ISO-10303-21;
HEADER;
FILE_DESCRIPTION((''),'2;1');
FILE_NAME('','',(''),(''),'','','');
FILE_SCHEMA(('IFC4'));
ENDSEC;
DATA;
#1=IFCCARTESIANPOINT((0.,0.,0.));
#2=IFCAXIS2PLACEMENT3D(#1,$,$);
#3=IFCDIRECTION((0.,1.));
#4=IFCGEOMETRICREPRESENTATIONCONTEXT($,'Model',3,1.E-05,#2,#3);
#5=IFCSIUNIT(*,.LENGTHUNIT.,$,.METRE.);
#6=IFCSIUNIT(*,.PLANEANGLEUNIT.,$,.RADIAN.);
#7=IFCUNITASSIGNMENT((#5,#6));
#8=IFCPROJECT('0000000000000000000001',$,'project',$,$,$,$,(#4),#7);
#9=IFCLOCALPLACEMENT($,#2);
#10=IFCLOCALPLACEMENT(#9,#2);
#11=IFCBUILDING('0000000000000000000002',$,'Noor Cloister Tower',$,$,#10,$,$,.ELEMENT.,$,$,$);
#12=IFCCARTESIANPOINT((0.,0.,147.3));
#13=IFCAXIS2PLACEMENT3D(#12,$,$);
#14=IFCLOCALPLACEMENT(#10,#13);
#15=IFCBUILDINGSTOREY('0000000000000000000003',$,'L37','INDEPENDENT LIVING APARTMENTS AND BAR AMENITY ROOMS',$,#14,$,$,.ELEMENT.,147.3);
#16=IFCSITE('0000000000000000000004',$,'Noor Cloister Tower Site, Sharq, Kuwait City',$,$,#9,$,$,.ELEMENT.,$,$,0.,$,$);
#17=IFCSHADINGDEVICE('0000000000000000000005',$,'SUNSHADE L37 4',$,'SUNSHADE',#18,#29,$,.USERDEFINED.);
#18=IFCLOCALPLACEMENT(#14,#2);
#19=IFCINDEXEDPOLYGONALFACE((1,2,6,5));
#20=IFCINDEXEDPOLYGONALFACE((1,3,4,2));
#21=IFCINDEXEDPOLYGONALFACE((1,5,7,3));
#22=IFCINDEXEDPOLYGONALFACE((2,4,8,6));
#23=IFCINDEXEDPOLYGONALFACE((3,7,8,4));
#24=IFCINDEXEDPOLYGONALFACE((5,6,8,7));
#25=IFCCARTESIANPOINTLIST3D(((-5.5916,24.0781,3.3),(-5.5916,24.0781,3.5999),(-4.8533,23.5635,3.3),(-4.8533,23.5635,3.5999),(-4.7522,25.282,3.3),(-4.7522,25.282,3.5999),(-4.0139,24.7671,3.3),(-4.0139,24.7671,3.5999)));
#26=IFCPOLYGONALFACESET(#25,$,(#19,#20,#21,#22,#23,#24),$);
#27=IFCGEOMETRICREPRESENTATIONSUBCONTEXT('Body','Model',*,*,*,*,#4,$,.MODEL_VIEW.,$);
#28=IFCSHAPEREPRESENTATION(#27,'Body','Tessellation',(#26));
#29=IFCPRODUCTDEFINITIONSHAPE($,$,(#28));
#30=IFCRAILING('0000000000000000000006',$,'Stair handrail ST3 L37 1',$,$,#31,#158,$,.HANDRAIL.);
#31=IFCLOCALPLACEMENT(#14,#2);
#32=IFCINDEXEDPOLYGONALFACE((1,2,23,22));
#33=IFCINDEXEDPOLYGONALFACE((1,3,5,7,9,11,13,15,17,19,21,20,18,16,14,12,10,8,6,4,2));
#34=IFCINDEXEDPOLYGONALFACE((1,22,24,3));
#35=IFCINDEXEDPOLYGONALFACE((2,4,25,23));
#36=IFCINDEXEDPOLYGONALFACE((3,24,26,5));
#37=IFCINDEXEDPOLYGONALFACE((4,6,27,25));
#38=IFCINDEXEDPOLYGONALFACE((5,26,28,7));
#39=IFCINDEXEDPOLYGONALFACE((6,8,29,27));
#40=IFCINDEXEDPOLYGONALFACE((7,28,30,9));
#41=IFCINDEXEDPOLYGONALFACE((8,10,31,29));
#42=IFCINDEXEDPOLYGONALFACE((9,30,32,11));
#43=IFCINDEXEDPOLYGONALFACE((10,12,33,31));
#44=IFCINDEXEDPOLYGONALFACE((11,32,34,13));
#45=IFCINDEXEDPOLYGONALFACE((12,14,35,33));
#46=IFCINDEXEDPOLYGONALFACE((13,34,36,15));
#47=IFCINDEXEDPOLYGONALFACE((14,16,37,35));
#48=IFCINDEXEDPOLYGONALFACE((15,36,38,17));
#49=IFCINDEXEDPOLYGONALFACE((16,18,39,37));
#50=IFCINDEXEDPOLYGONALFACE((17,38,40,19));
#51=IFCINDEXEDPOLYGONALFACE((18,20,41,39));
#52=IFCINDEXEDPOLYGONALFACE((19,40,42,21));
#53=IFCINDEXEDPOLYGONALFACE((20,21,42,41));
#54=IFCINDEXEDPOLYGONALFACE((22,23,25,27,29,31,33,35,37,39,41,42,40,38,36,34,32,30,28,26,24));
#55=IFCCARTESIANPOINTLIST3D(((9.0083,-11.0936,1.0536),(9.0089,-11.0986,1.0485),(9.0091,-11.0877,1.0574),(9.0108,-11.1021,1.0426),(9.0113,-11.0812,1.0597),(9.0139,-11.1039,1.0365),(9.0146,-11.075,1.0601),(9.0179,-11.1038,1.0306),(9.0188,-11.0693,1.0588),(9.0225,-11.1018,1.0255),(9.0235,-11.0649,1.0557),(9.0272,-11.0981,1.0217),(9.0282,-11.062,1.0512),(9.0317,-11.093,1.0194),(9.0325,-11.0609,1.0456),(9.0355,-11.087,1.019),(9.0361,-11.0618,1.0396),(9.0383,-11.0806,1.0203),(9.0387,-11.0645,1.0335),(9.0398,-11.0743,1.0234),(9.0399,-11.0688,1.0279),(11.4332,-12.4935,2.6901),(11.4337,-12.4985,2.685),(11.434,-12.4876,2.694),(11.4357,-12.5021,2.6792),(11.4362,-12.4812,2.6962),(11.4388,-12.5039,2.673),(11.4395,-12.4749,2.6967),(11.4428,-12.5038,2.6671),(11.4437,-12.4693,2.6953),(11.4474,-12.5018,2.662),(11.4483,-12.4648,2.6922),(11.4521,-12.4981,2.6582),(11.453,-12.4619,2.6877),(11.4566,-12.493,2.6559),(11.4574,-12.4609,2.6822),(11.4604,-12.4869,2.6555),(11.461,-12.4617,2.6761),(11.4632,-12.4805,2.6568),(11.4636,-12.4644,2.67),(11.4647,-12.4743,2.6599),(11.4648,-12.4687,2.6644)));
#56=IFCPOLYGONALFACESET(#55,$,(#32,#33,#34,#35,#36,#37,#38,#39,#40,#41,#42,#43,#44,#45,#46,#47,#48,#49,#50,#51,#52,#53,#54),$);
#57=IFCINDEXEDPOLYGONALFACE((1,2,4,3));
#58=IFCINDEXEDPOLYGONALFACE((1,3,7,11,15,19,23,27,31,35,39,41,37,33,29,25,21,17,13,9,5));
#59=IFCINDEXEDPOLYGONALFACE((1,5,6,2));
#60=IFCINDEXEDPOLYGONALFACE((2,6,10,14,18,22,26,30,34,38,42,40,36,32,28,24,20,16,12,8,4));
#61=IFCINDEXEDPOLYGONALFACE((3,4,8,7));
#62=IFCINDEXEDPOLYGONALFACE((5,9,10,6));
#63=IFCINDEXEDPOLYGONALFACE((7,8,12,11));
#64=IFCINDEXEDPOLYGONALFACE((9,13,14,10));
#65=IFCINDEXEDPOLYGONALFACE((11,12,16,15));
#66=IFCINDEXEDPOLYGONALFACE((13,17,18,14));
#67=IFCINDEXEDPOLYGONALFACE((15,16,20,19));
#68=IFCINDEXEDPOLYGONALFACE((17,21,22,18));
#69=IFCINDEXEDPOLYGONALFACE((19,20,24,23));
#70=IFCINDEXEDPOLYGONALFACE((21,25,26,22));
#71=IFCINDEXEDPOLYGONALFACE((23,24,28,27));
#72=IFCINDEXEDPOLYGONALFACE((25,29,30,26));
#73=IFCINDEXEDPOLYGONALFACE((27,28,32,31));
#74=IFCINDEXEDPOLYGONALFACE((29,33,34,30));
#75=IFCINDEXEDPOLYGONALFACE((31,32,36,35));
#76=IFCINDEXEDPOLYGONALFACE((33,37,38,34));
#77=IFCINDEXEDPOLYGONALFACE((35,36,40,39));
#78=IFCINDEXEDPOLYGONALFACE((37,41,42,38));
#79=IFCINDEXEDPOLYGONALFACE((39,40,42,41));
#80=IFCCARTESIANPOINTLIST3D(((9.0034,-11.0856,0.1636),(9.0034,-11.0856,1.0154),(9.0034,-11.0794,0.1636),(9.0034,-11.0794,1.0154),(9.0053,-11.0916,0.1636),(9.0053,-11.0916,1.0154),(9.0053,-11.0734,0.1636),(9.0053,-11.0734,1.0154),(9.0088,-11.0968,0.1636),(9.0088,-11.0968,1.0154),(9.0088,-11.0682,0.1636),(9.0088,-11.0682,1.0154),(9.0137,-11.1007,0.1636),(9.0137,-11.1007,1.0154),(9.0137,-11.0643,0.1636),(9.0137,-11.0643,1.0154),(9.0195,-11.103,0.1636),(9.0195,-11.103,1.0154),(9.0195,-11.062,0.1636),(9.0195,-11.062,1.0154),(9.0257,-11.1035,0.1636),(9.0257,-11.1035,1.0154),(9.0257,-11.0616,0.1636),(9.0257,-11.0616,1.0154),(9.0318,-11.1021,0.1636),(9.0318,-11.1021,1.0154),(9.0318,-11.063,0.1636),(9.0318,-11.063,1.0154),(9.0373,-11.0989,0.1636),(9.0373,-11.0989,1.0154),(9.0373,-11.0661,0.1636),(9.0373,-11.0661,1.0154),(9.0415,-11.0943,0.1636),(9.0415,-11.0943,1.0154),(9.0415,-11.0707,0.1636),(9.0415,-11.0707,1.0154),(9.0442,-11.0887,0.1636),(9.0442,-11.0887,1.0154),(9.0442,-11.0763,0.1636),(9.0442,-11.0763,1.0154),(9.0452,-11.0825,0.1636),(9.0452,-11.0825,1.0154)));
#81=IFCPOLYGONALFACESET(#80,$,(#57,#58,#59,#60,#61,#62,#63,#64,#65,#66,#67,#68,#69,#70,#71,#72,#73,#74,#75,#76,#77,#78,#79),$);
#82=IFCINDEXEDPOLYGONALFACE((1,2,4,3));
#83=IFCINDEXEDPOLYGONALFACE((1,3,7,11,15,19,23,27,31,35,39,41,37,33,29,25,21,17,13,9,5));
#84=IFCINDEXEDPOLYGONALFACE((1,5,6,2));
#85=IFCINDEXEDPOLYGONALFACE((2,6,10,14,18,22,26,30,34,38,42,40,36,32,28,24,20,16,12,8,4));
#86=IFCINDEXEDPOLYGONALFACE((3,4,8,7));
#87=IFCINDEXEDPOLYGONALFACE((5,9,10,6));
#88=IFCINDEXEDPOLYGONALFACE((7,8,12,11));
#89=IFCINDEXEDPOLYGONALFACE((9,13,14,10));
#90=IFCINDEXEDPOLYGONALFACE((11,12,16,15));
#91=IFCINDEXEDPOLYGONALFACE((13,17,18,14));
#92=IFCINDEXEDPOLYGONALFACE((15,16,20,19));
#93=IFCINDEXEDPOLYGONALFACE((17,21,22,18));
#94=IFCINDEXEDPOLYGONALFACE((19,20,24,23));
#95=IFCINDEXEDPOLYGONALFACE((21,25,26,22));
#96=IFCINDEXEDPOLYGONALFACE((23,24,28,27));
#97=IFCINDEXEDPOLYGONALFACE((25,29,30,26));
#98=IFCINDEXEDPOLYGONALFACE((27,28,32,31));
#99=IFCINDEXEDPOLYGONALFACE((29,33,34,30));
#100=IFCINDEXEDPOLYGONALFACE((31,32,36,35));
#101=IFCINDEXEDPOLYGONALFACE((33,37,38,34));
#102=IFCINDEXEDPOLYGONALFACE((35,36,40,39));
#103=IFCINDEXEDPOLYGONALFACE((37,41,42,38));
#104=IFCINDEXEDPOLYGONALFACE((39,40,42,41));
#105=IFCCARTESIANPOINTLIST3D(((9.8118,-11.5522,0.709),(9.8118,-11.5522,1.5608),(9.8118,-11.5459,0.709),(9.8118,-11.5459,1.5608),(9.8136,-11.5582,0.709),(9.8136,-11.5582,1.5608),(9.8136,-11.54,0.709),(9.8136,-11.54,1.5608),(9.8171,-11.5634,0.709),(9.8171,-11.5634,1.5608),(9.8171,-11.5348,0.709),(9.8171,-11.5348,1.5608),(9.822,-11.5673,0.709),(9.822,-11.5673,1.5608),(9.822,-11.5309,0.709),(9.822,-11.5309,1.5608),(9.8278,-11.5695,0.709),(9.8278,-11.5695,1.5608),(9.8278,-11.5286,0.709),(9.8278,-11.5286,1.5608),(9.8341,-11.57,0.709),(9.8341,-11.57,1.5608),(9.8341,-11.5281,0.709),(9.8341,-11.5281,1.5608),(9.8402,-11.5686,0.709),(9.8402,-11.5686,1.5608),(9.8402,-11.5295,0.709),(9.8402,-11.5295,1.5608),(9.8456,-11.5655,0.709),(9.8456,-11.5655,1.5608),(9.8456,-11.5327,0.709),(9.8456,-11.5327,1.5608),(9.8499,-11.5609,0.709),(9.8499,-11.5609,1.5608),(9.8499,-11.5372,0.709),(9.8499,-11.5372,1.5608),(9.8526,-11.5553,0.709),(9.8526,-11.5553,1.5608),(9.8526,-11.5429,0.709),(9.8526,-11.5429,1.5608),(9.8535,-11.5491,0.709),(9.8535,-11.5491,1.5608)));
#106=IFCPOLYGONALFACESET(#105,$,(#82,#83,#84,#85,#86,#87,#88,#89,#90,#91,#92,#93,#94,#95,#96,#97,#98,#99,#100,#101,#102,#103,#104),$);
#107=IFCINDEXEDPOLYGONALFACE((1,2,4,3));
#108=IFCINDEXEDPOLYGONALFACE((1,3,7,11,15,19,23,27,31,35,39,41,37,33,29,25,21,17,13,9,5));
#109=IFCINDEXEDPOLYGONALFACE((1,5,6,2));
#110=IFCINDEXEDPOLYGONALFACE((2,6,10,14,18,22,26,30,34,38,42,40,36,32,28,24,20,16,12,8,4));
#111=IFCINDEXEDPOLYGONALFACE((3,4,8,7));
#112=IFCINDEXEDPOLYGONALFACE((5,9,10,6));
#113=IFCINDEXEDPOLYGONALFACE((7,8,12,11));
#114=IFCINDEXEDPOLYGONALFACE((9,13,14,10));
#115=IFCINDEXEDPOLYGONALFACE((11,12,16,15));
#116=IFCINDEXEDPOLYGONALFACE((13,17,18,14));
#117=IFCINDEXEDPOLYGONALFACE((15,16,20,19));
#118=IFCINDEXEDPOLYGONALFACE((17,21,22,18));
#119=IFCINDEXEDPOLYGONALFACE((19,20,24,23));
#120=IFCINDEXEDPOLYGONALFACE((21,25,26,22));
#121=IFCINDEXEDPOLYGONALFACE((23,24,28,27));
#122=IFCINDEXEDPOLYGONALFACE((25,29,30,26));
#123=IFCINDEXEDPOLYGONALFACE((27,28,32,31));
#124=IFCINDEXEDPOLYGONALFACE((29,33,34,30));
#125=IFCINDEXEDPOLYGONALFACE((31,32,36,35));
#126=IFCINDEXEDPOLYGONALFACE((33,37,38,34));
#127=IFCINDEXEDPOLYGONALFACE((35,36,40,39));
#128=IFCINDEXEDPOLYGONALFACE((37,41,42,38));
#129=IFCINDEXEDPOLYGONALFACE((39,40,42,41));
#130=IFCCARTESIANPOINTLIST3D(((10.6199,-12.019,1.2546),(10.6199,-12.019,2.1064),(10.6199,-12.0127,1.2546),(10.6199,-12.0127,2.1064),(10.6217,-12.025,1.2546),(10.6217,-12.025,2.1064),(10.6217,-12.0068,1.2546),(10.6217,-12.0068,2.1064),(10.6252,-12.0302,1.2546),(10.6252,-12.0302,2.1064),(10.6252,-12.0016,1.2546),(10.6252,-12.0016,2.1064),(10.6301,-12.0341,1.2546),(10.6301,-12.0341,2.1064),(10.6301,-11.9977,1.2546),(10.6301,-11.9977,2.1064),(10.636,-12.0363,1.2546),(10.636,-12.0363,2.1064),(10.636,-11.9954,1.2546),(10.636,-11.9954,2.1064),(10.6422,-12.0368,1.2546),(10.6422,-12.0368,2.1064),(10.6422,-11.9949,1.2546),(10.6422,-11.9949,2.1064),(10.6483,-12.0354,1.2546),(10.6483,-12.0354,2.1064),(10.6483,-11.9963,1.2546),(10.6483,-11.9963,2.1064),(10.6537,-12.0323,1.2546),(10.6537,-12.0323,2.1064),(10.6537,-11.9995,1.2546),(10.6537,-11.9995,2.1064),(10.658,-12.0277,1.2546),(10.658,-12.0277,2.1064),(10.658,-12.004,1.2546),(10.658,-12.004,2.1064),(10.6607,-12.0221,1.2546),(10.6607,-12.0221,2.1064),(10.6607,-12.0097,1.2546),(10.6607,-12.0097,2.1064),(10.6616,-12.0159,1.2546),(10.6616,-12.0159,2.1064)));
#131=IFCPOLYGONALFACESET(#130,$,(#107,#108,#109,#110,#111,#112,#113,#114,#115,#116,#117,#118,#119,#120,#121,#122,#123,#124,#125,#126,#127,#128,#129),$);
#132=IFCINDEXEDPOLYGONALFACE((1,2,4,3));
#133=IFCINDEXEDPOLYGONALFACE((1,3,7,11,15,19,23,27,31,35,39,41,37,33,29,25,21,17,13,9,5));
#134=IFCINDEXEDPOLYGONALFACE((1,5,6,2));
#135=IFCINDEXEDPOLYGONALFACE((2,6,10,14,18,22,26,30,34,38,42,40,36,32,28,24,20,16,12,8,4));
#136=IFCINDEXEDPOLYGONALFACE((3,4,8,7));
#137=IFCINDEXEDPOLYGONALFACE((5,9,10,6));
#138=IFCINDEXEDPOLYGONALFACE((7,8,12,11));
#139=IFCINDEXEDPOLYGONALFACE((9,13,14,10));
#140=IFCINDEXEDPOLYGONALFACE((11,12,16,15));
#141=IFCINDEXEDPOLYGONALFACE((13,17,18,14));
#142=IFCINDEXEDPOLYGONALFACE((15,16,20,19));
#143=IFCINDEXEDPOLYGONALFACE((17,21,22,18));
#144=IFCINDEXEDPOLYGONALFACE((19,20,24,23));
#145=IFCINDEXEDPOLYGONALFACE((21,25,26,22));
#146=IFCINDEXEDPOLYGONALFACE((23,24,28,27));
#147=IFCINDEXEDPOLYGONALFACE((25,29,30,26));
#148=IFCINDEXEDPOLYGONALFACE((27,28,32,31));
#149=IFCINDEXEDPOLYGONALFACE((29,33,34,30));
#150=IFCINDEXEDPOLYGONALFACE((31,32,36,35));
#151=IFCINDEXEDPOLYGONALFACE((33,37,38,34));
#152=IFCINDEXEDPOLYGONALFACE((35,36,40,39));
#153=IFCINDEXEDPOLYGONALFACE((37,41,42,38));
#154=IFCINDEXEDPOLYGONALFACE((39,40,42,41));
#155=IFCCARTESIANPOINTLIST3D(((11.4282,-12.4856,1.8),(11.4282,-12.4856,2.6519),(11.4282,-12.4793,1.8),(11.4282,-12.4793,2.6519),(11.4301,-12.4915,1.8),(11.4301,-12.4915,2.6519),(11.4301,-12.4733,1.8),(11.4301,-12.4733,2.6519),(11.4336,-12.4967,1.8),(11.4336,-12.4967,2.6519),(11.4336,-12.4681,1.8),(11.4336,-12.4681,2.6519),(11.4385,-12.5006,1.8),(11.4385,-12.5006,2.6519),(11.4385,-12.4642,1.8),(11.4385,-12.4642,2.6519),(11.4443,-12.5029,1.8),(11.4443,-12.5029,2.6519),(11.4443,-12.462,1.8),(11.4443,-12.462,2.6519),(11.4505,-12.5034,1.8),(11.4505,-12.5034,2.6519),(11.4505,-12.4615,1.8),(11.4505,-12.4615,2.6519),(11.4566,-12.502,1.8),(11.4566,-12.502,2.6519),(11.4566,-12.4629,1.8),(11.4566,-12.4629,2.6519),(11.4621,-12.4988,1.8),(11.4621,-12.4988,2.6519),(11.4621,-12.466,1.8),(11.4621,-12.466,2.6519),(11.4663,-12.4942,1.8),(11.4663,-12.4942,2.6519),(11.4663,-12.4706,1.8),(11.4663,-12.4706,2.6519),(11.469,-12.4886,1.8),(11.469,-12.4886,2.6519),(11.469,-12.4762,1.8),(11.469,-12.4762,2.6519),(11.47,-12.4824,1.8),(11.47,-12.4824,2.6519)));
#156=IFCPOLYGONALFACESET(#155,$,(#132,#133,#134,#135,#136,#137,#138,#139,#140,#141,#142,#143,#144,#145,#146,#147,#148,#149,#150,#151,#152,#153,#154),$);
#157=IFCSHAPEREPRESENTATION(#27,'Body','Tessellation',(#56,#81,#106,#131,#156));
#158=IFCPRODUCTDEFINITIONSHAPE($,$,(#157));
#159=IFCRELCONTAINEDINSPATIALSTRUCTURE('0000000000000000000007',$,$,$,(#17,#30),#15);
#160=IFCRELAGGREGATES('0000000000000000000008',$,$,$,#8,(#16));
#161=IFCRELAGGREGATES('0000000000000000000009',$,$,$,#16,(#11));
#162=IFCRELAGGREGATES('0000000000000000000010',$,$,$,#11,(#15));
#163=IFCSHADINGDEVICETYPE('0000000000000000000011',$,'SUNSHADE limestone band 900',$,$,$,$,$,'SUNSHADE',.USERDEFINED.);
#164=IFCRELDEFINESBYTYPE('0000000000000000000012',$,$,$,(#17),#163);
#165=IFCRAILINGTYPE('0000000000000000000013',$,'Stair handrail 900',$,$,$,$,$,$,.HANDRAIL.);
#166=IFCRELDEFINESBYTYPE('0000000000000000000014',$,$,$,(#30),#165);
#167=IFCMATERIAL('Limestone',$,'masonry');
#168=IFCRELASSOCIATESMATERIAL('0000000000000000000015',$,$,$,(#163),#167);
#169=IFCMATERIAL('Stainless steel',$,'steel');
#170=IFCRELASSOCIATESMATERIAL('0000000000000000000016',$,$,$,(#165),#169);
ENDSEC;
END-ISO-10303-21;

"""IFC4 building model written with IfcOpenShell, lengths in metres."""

from ifc_helpers import new_model, si_unit, direction, frame, origin, origin_2d, place, context, subcontext, project, spatial, polyline, circle, outline, extrude, material, type_object, element, save


model = new_model("IFC4")

# Units and contexts
model_context = context("Model", 3, precision=1e-05, world=origin(), true_north=direction((0.0, 1.0)))
body_context = subcontext(model_context, "Body", "Model", "MODEL_VIEW")
ifc_project = project(units=[si_unit("LENGTHUNIT", "METRE"), si_unit("PLANEANGLEUNIT", "RADIAN")], contexts=[model_context])

# Site, building, storey
site_placement = place(None, origin())
site = spatial("IfcSite", under=ifc_project, at=site_placement, Name="Noor Cloister Tower Site, Sharq, Kuwait City", CompositionType="ELEMENT", RefElevation=0.0)
building_placement = place(site_placement, origin())
building = spatial("IfcBuilding", under=site, at=building_placement, Name="Noor Cloister Tower", CompositionType="ELEMENT")
storey_placement = place(building_placement, frame((0.0, 0.0, 147.3)))
storey = spatial("IfcBuildingStorey", under=building, at=storey_placement, Name="L37", Description="INDEPENDENT LIVING APARTMENTS AND BAR AMENITY ROOMS", CompositionType="ELEMENT", Elevation=147.3)

# Shading device
ifc_material_1 = material(Name="Limestone", Category="masonry")
shading_device_type_1 = type_object("IfcShadingDeviceType", Name="SUNSHADE limestone band 900", ElementType="SUNSHADE", PredefinedType="USERDEFINED", material=ifc_material_1)
shading_device_1_placement = place(storey_placement, frame((0.0, 0.0, 3.3)))
element("IfcShadingDevice", 1, at=shading_device_1_placement, inside=storey, type_object=shading_device_type_1, Name="SUNSHADE L37 4", ObjectType="SUNSHADE", PredefinedType="USERDEFINED", context=body_context, shape_type="SweptSolid", body=[
    extrude(outline(polyline([(-4.7522, 25.282), (-5.5916, 24.0781), (-4.8533, 23.5635), (-4.0139, 24.7671), (-4.7522, 25.282)])), origin(), (0.0, 0.0, 1.0), 0.2998),
])

# Railing
ifc_material_2 = material(Name="Stainless steel", Category="steel")
railing_type = type_object("IfcRailingType", Name="Stair handrail 900", PredefinedType="HANDRAIL", material=ifc_material_2)
railing_placement = place(storey_placement, frame((9.0242, -11.0825, 0.1636)))
element("IfcRailing", 2, at=railing_placement, inside=storey, type_object=railing_type, Name="Stair handrail ST3 L37 1", PredefinedType="HANDRAIL", context=body_context, shape_type="SweptSolid", body=[
    extrude(circle(Radius=0.0239, at=origin_2d()), frame((0.0, 0.0, 0.876), z_axis=(0.74769, -0.431661, 0.504608), x_axis=(0.499984, 0.866035, 0.0)), (0.0, 0.0, 1.0), 3.2432),
    extrude(circle(Radius=0.021, at=origin_2d()), origin(), (0.0, 0.0, 1.0), 0.8518),
    extrude(circle(Radius=0.021, at=origin_2d()), frame((0.8083, -0.4666, 0.5454)), (0.0, 0.0, 1.0), 0.8518),
    extrude(circle(Radius=0.021, at=origin_2d()), frame((1.6165, -0.9333, 1.0911)), (0.0, 0.0, 1.0), 0.8518),
    extrude(circle(Radius=0.021, at=origin_2d()), frame((2.4248, -1.3999, 1.6365)), (0.0, 0.0, 1.0), 0.8518),
])

save(model, "model.ifc")
